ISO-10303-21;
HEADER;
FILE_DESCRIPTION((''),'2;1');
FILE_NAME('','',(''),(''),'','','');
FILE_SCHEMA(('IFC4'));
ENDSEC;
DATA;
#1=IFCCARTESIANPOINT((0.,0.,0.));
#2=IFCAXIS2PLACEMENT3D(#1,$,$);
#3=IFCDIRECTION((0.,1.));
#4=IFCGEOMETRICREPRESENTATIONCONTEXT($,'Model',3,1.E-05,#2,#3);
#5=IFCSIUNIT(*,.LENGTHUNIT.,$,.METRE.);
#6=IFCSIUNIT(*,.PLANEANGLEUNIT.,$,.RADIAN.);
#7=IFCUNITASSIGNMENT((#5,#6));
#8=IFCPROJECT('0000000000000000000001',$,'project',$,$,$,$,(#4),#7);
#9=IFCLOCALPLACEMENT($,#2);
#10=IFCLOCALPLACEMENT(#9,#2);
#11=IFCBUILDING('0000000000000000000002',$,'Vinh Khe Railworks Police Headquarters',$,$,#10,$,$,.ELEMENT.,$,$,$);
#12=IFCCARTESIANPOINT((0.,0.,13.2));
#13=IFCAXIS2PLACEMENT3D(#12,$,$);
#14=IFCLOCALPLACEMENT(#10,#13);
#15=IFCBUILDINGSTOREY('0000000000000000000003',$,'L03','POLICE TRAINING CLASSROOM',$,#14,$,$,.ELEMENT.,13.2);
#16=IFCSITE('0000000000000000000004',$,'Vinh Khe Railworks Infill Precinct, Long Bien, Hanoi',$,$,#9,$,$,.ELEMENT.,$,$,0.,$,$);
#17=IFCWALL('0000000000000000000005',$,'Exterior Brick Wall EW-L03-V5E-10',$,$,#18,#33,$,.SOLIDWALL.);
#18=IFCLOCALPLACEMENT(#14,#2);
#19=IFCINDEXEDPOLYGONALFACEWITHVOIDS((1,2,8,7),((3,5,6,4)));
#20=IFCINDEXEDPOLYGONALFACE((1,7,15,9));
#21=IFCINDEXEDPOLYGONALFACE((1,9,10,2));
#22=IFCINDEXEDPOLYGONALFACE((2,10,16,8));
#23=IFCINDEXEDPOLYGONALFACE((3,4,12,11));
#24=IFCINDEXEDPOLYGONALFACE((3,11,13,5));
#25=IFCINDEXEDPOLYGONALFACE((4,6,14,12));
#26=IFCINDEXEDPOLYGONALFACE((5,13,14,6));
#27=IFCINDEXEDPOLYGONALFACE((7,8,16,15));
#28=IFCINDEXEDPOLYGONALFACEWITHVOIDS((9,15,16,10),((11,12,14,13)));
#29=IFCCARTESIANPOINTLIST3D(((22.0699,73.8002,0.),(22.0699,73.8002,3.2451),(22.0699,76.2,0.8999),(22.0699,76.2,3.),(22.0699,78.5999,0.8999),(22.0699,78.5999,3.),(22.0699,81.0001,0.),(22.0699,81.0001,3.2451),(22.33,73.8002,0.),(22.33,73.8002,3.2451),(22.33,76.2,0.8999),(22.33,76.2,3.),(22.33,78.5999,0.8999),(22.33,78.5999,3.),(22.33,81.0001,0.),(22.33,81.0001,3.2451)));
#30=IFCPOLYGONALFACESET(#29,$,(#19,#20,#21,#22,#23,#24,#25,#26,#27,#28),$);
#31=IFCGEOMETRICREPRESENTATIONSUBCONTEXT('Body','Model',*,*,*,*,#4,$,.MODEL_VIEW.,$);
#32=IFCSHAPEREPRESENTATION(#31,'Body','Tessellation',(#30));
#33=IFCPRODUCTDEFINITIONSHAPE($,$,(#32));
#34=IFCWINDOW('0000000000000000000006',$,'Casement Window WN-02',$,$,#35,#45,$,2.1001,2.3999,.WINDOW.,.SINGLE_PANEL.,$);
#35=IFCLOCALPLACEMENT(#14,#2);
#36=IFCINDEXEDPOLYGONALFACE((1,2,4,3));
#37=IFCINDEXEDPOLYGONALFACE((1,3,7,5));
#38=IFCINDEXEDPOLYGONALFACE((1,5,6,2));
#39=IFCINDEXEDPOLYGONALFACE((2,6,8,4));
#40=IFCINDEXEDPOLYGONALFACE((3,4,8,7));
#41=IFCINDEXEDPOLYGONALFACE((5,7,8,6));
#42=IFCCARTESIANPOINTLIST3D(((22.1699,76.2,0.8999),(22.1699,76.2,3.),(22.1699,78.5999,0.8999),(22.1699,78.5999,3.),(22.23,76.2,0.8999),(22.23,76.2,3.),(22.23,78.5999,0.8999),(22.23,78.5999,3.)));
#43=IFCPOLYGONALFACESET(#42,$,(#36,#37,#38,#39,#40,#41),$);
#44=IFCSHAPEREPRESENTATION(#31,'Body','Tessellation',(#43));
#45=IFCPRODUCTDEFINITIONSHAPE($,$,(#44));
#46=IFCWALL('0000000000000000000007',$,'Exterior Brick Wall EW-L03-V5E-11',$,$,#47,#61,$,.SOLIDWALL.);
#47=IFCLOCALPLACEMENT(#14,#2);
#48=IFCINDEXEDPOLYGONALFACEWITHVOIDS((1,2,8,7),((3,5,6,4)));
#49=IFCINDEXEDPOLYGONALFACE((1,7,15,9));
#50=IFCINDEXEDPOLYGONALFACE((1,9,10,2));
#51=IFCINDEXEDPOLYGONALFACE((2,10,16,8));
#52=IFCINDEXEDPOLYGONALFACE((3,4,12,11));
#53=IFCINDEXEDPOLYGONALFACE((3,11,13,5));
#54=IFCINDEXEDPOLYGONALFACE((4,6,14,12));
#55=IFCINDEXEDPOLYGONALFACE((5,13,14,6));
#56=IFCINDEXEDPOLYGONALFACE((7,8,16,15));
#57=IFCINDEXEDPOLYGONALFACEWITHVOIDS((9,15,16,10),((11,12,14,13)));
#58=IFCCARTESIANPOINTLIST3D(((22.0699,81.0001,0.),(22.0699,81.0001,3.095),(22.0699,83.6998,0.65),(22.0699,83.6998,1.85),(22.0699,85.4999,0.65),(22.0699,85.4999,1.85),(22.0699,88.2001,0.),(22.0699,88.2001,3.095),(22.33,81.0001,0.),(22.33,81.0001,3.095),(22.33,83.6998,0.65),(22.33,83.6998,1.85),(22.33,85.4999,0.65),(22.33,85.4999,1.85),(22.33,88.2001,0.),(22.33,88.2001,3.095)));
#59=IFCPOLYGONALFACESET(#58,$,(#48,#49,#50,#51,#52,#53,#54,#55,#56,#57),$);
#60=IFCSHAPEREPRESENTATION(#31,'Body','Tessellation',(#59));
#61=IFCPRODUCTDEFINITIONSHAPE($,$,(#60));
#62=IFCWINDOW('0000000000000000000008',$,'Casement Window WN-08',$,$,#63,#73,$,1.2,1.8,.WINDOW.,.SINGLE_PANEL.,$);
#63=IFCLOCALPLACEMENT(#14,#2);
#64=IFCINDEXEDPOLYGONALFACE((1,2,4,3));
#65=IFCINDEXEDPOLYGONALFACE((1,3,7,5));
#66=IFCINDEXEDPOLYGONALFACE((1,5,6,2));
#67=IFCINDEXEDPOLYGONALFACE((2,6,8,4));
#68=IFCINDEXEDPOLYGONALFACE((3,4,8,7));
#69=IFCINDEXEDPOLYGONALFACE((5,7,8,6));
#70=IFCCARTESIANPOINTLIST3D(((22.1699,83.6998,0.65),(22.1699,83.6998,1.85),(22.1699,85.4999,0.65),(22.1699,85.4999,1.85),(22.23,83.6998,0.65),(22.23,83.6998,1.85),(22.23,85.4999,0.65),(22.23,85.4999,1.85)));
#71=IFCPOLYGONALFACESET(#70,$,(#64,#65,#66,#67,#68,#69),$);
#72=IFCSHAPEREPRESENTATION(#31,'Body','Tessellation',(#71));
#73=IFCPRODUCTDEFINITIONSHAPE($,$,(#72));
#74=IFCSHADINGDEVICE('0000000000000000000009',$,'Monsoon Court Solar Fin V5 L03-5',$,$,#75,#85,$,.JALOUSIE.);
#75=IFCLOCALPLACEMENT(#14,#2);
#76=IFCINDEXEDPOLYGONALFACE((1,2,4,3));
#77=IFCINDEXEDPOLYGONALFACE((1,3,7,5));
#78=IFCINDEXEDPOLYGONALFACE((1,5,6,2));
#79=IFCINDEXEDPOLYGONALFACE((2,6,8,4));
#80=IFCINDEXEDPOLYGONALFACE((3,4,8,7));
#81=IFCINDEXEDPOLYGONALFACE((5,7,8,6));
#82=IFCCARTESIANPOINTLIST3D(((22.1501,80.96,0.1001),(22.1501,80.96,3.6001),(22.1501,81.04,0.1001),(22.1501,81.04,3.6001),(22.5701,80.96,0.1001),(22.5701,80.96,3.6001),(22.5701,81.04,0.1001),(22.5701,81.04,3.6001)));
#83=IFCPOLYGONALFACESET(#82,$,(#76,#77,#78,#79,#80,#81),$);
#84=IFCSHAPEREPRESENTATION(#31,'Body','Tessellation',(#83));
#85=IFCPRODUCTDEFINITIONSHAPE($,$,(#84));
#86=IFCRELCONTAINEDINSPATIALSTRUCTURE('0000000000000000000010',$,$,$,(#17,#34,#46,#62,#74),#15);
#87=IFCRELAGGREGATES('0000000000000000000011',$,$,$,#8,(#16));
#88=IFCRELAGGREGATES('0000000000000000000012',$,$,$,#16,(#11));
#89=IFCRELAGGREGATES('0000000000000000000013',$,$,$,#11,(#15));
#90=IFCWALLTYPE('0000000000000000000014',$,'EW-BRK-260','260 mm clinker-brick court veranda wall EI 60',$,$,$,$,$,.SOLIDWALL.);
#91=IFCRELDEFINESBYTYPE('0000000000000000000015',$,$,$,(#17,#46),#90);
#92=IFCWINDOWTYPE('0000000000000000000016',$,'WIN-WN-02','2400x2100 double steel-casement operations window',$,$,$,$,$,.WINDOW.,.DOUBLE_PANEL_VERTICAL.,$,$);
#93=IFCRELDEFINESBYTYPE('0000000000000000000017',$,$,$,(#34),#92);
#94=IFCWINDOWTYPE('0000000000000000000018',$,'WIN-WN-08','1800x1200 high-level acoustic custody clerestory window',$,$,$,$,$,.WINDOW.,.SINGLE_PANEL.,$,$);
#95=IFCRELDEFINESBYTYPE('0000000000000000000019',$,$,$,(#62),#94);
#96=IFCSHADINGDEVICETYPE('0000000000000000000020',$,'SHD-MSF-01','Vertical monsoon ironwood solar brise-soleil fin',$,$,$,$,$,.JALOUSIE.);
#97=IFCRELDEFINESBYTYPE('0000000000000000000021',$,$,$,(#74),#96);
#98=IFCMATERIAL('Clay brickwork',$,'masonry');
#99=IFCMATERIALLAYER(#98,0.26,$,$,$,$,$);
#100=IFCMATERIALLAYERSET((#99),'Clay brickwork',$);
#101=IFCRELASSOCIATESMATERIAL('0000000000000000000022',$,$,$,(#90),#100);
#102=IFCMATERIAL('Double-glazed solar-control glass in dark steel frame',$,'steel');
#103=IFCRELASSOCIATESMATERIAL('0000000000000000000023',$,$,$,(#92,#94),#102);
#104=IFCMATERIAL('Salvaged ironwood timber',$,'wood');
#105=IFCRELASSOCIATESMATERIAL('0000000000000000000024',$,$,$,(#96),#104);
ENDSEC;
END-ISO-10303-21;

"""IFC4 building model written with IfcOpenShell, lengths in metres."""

from ifc_helpers import new_model, si_unit, direction, frame, frame_2d, origin, origin_2d, place, context, subcontext, project, spatial, rectangle, extrude, material, layer, layer_set, type_object, element, fill, save


model = new_model("IFC4")

# Units and contexts
model_context = context("Model", 3, precision=1e-05, world=origin(), true_north=direction((0.0, 1.0)))
body_context = subcontext(model_context, "Body", "Model", "MODEL_VIEW")
ifc_project = project(units=[si_unit("LENGTHUNIT", "METRE"), si_unit("PLANEANGLEUNIT", "RADIAN")], contexts=[model_context])

# Site, building, storey
site_placement = place(None, origin())
site = spatial("IfcSite", under=ifc_project, at=site_placement, Name="Vinh Khe Railworks Infill Precinct, Long Bien, Hanoi", CompositionType="ELEMENT", RefElevation=0.0)
building_placement = place(site_placement, origin())
building = spatial("IfcBuilding", under=site, at=building_placement, Name="Vinh Khe Railworks Police Headquarters", CompositionType="ELEMENT")
storey_placement = place(building_placement, frame((0.0, 0.0, 13.2)))
storey = spatial("IfcBuildingStorey", under=building, at=storey_placement, Name="L03", Description="POLICE TRAINING CLASSROOM", CompositionType="ELEMENT", Elevation=13.2)

# Walls, openings, windows
ifc_material_1 = material(Name="Clay brickwork", Category="masonry")
ifc_layer = layer(ifc_material_1, 0.26)
ifc_layer_set = layer_set([ifc_layer], Name="Clay brickwork")
wall_type = type_object("IfcWallType", Name="EW-BRK-260", Description="260 mm clinker-brick court veranda wall EI 60", PredefinedType="SOLIDWALL", material=ifc_layer_set)
wall_1_placement = place(storey_placement, frame((22.2, 73.8, 0.0), z_axis=(0.0, 0.0, 1.0), x_axis=(0.0, 1.0, 0.0)))
wall_1 = element("IfcWall", 1, at=wall_1_placement, inside=storey, type_object=wall_type, Name="Exterior Brick Wall EW-L03-V5E-10", PredefinedType="SOLIDWALL", context=body_context, shape_type="SweptSolid", body=[
    extrude(rectangle(XDim=7.2, YDim=0.26, at=frame_2d((3.6001, 0.0))), origin(), (0.0, 0.0, 1.0), 3.2451),
])
opening_1_placement = place(wall_1_placement, frame((2.3999, 0.0, 0.8999)))
opening_1 = element("IfcOpeningElement", 2, at=opening_1_placement, cuts=wall_1, PredefinedType="OPENING", context=body_context, shape_type="SweptSolid", body=[
    extrude(rectangle(XDim=2.3999, YDim=2.1001, at=frame_2d((1.2, 1.05))), frame((0.0, 0.145, 0.0), z_axis=(0.0, -1.0, 0.0), x_axis=(1.0, 0.0, 0.0)), (0.0, 0.0, 1.0), 0.2898),
])
ifc_material_2 = material(Name="Double-glazed solar-control glass in dark steel frame", Category="steel")
window_type_1 = type_object("IfcWindowType", Name="WIN-WN-02", Description="2400x2100 double steel-casement operations window", PartitioningType="DOUBLE_PANEL_VERTICAL", PredefinedType="WINDOW", material=ifc_material_2)
window_1_placement = place(opening_1_placement, origin())
window_1 = element("IfcWindow", 3, at=window_1_placement, inside=storey, type_object=window_type_1, Name="Casement Window WN-02", OverallHeight=2.1001, OverallWidth=2.3999, PartitioningType="SINGLE_PANEL", PredefinedType="WINDOW", context=body_context, shape_type="SweptSolid", body=[
    extrude(rectangle(XDim=2.3999, YDim=2.1001, at=frame_2d((1.2, 1.05))), frame((0.0, 0.03, 0.0), z_axis=(0.0, -1.0, 0.0), x_axis=(1.0, 0.0, 0.0)), (0.0, 0.0, 1.0), 0.0601),
])
fill(opening_1, window_1)
wall_2_placement = place(storey_placement, frame((22.2, 81.0, 0.0), z_axis=(0.0, 0.0, 1.0), x_axis=(0.0, 1.0, 0.0)))
wall_2 = element("IfcWall", 4, at=wall_2_placement, inside=storey, type_object=wall_type, Name="Exterior Brick Wall EW-L03-V5E-11", PredefinedType="SOLIDWALL", context=body_context, shape_type="SweptSolid", body=[
    extrude(rectangle(XDim=7.2, YDim=0.26, at=frame_2d((3.6001, 0.0))), origin(), (0.0, 0.0, 1.0), 3.095),
])
opening_2_placement = place(wall_2_placement, frame((2.7, 0.0, 0.6499)))
opening_2 = element("IfcOpeningElement", 5, at=opening_2_placement, cuts=wall_2, PredefinedType="OPENING", context=body_context, shape_type="SweptSolid", body=[
    extrude(rectangle(XDim=1.8, YDim=1.2, at=frame_2d((0.8999, 0.6001))), frame((0.0, 0.145, 0.0), z_axis=(0.0, -1.0, 0.0), x_axis=(1.0, 0.0, 0.0)), (0.0, 0.0, 1.0), 0.2898),
])
window_type_2 = type_object("IfcWindowType", Name="WIN-WN-08", Description="1800x1200 high-level acoustic custody clerestory window", PartitioningType="SINGLE_PANEL", PredefinedType="WINDOW", material=ifc_material_2)
window_2_placement = place(opening_2_placement, origin())
window_2 = element("IfcWindow", 6, at=window_2_placement, inside=storey, type_object=window_type_2, Name="Casement Window WN-08", OverallHeight=1.2, OverallWidth=1.8, PartitioningType="SINGLE_PANEL", PredefinedType="WINDOW", context=body_context, shape_type="SweptSolid", body=[
    extrude(rectangle(XDim=1.8, YDim=1.2, at=frame_2d((0.8999, 0.6001))), frame((0.0, 0.03, 0.0), z_axis=(0.0, -1.0, 0.0), x_axis=(1.0, 0.0, 0.0)), (0.0, 0.0, 1.0), 0.0601),
])
fill(opening_2, window_2)

# Shading device
ifc_material_3 = material(Name="Salvaged ironwood timber", Category="wood")
shading_device_type = type_object("IfcShadingDeviceType", Name="SHD-MSF-01", Description="Vertical monsoon ironwood solar brise-soleil fin", PredefinedType="JALOUSIE", material=ifc_material_3)
shading_device_placement = place(storey_placement, frame((22.3601, 81.0, 0.1001), z_axis=(0.0, 0.0, 1.0), x_axis=(1.0, 0.0, 0.0)))
element("IfcShadingDevice", 7, at=shading_device_placement, inside=storey, type_object=shading_device_type, Name="Monsoon Court Solar Fin V5 L03-5", PredefinedType="JALOUSIE", context=body_context, shape_type="SweptSolid", body=[
    extrude(rectangle(XDim=0.4199, YDim=0.0801, at=origin_2d()), origin(), (0.0, 0.0, 1.0), 3.5),
])

save(model, "model.ifc")
